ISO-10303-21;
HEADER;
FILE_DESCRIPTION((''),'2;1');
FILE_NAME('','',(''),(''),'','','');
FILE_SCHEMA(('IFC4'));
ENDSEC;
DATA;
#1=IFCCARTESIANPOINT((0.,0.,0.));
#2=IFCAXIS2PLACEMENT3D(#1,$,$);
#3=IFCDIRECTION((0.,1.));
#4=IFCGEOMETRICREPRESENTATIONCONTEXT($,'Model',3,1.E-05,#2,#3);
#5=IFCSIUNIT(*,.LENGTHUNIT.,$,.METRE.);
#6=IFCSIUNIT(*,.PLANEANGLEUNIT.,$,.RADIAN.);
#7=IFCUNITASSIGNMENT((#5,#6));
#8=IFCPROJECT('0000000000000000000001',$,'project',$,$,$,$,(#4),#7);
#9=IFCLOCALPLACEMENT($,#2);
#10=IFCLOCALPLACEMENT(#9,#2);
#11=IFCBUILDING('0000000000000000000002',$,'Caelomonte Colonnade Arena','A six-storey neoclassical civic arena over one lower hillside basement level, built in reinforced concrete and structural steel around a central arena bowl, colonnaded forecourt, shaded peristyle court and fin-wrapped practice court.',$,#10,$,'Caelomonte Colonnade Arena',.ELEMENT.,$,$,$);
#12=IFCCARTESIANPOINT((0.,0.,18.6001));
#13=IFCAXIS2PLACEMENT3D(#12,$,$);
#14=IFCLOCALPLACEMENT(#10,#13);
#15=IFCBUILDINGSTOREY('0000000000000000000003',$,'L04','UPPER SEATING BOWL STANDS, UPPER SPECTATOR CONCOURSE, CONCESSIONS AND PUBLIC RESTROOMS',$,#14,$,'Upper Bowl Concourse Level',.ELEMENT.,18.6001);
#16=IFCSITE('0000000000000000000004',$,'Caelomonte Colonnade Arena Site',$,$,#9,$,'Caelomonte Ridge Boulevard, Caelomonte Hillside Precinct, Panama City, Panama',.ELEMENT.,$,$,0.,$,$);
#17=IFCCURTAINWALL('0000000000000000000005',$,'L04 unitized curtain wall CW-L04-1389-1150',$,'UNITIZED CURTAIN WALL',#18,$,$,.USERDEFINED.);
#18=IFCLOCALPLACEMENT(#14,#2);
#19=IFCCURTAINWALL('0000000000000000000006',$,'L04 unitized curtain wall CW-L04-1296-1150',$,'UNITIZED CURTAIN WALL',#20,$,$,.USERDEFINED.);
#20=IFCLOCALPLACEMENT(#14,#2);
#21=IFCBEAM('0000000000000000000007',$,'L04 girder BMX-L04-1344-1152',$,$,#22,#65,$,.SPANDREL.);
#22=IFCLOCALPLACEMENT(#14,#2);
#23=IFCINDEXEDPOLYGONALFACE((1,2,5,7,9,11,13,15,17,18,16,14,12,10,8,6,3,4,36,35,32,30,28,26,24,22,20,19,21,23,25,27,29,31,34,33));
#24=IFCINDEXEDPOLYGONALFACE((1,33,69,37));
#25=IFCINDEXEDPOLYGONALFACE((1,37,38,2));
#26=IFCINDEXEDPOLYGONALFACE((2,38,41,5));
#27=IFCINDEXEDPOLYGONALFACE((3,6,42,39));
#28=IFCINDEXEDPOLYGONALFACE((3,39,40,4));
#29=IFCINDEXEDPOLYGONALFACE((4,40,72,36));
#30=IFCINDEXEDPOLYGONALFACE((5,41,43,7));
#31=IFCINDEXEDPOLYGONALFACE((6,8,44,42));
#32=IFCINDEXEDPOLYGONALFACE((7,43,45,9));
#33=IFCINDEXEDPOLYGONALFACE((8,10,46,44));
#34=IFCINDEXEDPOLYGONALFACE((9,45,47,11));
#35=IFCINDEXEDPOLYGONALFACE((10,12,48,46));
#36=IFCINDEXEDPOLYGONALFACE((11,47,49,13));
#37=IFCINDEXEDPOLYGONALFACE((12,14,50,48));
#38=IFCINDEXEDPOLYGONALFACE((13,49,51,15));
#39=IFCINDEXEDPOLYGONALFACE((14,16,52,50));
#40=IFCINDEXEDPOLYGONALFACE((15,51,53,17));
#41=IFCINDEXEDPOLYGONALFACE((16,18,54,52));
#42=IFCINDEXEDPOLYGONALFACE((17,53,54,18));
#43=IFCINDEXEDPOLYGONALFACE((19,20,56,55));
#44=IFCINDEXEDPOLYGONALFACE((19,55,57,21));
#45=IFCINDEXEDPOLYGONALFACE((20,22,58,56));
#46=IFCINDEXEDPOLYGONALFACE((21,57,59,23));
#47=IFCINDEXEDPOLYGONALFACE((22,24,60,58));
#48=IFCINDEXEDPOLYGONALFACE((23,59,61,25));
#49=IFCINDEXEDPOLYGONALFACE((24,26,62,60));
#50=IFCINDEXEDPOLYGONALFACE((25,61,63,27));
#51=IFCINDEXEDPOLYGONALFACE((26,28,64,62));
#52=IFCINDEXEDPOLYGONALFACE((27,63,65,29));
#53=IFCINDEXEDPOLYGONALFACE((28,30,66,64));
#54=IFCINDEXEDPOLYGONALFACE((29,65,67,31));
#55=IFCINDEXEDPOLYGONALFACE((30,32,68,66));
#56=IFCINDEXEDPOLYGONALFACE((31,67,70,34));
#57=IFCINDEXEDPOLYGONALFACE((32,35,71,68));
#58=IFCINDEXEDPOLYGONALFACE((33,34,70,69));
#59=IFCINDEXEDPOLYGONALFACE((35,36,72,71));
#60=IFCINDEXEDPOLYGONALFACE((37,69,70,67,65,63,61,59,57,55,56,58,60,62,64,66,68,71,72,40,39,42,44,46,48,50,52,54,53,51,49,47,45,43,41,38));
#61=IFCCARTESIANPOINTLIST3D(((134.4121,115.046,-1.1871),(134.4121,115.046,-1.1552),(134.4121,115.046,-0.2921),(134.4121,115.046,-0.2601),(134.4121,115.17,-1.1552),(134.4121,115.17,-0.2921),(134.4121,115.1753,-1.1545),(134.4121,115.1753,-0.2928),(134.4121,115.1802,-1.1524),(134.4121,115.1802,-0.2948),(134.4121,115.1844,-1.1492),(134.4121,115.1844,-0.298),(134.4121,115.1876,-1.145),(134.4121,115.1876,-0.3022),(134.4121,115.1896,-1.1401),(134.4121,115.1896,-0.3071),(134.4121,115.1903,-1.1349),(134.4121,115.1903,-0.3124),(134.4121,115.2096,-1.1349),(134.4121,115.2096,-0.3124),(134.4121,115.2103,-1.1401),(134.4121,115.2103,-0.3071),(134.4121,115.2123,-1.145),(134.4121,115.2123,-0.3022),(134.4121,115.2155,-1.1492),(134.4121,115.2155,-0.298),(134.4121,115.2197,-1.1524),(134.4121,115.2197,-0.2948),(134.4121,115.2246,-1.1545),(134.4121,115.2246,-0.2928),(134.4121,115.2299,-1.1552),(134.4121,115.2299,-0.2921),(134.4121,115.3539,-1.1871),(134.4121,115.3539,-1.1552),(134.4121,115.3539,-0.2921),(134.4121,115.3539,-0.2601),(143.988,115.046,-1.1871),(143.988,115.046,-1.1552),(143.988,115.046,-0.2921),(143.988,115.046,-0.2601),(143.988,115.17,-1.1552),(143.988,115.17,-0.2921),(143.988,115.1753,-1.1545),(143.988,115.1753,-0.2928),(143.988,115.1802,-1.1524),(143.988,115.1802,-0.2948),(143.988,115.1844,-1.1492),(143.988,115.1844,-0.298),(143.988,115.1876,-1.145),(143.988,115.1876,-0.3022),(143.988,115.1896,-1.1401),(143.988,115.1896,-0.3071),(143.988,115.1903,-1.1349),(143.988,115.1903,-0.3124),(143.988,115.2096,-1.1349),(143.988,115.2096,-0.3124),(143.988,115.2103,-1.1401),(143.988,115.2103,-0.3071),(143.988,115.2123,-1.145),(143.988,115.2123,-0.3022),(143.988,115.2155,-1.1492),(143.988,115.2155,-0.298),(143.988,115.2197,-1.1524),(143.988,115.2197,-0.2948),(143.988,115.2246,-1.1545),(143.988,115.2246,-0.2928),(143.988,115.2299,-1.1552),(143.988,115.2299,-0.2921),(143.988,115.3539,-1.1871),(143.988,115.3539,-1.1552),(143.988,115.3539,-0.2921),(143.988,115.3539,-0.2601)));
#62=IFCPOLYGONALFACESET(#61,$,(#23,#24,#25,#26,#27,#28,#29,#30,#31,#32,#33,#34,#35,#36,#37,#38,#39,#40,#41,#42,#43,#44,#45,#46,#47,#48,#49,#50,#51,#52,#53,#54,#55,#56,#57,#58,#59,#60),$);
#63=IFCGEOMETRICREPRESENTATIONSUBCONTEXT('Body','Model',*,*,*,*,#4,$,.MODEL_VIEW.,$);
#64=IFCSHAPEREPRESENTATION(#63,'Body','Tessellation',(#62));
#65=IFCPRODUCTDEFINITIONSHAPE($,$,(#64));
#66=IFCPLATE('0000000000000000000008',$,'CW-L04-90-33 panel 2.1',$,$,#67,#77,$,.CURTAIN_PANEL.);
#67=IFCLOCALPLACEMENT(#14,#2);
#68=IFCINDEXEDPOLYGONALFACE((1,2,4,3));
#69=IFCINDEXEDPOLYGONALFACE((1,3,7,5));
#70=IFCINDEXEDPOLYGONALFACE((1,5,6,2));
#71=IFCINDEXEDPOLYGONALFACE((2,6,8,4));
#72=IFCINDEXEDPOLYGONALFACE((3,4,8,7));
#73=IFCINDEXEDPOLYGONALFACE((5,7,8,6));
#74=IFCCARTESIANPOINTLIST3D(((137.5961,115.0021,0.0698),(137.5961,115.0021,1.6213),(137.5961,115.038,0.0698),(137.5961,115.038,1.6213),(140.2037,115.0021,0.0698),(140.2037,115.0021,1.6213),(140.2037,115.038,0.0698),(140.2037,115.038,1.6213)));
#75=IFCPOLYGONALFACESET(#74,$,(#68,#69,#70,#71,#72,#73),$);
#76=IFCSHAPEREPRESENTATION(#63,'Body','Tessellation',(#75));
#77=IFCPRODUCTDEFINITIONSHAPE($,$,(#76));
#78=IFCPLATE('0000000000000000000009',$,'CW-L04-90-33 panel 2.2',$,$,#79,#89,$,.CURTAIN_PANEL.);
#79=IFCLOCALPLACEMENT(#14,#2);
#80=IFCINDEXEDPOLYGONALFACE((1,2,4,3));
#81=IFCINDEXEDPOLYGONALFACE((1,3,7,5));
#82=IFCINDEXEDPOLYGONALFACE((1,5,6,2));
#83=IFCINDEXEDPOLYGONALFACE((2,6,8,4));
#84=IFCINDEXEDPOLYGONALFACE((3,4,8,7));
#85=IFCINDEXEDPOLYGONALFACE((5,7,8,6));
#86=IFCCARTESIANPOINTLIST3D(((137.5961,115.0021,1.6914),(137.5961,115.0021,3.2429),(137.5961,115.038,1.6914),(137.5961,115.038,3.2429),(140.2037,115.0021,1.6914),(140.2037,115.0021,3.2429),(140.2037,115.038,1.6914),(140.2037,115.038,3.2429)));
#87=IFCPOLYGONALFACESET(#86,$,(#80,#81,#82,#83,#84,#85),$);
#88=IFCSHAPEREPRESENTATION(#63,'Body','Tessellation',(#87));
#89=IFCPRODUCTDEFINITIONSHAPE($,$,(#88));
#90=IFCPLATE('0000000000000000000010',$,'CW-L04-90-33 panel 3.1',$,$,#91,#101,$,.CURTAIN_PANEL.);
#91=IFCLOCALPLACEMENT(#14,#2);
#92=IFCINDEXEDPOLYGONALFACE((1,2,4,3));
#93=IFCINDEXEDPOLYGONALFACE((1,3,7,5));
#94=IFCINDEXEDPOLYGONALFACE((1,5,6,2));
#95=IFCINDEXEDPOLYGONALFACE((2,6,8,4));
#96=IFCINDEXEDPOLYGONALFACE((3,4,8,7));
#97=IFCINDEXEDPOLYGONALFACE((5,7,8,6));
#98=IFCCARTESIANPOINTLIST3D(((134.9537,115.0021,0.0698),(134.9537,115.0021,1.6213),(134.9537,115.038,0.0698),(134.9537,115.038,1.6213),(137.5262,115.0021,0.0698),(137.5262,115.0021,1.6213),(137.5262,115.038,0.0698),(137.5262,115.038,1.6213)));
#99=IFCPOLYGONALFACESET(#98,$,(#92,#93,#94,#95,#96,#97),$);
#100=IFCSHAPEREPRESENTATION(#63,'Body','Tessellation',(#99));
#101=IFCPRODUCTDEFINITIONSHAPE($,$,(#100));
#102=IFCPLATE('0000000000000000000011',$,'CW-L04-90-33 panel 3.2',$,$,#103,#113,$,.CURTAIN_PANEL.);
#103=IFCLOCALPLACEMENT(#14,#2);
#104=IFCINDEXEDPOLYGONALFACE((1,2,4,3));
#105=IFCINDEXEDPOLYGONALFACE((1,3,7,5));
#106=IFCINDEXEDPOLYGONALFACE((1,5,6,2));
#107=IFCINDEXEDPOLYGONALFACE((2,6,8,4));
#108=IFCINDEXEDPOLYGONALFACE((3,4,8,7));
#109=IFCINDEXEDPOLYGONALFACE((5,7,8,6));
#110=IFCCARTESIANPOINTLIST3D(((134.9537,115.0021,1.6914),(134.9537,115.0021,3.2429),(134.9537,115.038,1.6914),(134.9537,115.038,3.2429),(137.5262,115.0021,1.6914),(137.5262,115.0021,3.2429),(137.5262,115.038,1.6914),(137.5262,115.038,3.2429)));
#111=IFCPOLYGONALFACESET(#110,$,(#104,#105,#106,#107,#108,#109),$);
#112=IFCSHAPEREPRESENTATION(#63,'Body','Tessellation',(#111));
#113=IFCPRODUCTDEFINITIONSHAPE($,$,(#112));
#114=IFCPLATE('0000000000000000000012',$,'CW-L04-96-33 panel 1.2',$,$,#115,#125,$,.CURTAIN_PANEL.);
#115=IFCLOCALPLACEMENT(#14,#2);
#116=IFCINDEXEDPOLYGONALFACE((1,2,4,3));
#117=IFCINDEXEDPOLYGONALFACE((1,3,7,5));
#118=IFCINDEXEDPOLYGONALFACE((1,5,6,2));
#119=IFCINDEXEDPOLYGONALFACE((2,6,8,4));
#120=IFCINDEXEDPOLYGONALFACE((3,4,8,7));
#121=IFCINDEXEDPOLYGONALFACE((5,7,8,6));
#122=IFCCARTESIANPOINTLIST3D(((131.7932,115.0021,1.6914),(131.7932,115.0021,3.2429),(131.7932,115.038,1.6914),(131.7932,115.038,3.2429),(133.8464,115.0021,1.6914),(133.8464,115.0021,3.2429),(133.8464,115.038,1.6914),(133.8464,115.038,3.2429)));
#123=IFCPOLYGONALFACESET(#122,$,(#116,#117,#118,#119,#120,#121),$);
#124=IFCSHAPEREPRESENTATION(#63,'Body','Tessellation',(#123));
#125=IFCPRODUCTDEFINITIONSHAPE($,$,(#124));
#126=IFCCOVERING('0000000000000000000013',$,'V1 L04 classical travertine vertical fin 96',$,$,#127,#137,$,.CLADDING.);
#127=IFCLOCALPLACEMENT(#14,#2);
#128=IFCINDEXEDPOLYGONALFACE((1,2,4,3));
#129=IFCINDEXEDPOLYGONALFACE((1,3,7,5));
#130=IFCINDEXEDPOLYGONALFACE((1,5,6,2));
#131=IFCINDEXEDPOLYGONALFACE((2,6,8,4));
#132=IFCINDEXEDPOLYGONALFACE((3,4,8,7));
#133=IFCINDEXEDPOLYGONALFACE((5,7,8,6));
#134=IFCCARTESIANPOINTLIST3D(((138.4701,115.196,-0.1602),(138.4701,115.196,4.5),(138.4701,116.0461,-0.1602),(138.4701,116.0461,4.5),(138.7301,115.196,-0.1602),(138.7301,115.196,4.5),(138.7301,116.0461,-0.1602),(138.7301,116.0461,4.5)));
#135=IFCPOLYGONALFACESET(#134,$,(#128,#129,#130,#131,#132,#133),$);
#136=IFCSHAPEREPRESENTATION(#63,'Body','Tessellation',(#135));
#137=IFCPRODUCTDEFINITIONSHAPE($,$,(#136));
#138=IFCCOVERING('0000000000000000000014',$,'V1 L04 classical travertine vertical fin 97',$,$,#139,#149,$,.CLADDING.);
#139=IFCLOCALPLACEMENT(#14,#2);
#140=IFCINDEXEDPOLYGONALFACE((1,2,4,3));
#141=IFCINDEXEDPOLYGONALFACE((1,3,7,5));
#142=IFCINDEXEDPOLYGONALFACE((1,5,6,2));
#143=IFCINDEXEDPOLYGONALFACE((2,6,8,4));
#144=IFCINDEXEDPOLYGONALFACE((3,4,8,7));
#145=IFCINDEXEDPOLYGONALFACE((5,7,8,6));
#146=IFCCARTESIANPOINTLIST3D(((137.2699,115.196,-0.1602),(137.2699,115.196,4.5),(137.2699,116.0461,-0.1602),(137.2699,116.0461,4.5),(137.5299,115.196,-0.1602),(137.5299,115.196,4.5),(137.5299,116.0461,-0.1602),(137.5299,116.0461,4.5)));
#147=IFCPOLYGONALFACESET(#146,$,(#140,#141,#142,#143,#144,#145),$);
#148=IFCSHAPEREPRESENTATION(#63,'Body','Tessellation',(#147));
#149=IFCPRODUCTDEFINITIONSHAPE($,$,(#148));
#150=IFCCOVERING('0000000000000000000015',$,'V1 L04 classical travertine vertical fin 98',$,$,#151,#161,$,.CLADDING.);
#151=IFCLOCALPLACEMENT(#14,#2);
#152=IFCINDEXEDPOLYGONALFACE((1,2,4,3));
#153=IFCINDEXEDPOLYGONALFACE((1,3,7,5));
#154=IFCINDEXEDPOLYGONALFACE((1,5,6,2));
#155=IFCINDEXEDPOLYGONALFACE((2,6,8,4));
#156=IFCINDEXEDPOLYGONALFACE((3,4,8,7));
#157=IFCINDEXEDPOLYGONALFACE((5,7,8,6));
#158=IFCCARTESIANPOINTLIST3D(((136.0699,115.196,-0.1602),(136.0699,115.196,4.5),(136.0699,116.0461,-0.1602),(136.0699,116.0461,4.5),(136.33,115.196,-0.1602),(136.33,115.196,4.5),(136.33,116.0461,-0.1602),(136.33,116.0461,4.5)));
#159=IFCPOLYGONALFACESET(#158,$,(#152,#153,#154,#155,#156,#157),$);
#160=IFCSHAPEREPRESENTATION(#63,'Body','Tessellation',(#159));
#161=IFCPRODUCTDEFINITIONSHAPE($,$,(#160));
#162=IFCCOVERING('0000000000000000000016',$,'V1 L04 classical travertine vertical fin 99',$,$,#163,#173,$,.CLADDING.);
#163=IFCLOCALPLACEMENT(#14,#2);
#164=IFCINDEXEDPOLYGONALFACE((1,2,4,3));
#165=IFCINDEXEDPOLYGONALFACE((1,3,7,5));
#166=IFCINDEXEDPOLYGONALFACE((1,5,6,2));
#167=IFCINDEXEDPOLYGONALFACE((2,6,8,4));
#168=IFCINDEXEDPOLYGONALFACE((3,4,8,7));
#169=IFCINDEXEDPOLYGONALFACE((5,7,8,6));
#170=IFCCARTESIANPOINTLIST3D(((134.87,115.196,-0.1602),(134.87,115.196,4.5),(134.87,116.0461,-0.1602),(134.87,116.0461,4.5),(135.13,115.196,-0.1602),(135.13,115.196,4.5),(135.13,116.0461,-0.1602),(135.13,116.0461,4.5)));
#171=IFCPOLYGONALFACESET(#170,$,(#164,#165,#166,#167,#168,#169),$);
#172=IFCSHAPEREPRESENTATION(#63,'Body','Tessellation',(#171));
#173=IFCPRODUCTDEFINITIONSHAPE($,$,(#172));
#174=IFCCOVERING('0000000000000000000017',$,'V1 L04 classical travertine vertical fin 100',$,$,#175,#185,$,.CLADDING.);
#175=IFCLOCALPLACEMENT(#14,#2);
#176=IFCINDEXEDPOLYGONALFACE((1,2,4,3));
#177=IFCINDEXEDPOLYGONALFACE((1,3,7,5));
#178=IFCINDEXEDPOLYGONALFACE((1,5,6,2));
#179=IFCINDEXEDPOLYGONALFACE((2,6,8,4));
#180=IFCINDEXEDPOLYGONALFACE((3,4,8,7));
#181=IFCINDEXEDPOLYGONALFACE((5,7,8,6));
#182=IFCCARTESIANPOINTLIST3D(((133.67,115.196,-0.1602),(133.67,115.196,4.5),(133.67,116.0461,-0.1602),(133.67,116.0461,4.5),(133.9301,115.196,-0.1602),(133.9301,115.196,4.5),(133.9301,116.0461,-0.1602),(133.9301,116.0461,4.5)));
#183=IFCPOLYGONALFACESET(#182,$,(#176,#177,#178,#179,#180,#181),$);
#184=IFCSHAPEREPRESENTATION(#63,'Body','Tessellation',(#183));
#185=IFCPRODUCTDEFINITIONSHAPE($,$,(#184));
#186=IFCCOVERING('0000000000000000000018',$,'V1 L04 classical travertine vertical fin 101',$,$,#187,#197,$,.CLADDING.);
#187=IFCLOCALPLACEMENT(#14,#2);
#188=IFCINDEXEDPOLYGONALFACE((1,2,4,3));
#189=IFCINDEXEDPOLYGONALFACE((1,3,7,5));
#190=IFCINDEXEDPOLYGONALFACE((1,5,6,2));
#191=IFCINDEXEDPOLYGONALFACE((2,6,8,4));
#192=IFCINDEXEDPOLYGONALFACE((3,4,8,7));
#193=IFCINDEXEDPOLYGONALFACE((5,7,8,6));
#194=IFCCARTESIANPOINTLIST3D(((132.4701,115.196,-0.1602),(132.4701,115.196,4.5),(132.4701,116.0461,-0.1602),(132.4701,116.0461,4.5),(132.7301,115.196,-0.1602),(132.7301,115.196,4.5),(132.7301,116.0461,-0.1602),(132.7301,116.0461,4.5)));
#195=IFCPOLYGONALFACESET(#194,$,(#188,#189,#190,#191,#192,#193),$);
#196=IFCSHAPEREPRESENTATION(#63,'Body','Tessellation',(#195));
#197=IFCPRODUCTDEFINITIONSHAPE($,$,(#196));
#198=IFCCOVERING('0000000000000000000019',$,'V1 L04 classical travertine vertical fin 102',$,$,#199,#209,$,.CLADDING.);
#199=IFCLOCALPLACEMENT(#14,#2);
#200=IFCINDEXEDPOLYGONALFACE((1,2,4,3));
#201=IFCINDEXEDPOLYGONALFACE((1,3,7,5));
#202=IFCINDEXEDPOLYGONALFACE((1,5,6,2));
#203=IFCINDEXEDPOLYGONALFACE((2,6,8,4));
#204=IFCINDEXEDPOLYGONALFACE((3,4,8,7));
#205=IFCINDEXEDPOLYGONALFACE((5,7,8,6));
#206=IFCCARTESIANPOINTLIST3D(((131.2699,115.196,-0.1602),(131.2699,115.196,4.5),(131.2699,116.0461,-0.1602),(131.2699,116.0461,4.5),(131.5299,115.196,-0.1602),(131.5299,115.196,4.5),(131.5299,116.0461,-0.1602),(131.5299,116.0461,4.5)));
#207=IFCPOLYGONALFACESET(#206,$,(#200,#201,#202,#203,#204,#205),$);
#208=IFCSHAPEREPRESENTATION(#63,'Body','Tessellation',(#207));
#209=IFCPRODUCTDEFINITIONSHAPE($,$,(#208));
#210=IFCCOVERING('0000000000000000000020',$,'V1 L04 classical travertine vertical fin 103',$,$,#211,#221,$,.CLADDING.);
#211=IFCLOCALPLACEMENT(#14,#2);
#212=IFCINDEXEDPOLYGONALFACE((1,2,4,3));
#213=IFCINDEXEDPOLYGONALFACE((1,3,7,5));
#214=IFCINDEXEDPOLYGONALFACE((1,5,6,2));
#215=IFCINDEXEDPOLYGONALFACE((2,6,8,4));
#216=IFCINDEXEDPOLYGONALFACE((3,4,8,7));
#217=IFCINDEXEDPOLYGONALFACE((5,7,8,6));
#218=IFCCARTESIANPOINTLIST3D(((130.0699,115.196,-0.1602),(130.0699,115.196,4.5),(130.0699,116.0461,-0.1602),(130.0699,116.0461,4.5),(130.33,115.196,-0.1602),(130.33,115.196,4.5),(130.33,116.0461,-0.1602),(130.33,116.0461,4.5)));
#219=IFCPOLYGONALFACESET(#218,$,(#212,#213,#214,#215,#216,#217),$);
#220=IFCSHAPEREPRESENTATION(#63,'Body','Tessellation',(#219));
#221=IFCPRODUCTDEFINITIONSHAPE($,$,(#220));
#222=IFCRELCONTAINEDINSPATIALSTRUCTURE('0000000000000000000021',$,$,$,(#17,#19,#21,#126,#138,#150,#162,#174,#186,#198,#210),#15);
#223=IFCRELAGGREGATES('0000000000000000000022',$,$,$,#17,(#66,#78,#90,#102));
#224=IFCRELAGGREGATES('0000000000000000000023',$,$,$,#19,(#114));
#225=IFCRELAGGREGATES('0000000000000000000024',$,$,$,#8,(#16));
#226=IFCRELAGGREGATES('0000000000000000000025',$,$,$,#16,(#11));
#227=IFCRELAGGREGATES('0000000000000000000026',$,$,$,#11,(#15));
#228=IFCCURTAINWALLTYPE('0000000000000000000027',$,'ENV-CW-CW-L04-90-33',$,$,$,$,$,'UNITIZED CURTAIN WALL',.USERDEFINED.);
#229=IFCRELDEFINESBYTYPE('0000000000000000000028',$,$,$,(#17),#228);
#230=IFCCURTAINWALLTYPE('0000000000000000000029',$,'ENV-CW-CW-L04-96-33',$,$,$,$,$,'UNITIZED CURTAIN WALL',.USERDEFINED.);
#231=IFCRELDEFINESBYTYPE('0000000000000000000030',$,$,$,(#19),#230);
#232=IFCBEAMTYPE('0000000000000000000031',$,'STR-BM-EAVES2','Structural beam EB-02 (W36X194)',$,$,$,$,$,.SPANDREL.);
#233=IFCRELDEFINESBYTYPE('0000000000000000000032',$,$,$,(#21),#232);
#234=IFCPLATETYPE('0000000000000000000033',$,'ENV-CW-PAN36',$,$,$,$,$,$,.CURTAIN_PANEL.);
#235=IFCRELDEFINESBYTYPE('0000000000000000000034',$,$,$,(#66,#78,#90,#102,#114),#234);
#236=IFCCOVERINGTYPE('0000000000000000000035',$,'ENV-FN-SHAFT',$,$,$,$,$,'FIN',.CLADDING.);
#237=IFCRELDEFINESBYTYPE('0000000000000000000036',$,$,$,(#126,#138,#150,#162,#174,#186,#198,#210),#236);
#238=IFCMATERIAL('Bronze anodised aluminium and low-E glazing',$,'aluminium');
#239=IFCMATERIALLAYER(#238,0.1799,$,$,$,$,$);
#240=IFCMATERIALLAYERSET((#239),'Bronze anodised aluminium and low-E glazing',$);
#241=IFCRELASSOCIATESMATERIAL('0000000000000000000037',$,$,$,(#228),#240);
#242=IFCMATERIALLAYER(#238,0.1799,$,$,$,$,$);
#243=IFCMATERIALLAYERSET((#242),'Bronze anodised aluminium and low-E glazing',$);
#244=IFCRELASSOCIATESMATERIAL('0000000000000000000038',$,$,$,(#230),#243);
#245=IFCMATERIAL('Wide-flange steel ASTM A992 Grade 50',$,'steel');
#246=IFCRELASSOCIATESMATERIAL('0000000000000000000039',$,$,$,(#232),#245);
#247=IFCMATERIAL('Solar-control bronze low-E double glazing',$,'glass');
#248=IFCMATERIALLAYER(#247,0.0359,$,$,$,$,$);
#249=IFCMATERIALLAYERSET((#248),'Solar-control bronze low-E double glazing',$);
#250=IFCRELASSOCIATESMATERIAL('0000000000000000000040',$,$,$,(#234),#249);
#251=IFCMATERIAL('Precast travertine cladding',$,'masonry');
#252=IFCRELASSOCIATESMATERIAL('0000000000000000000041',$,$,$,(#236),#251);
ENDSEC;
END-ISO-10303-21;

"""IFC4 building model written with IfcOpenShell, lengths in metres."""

from ifc_helpers import new_model, si_unit, direction, frame, origin, origin_2d, place, context, subcontext, project, spatial, rectangle, i_section, extrude, material, layer, layer_set, material_profile, profile_set, type_object, element, aggregate, save


model = new_model("IFC4")

# Units and contexts
model_context = context("Model", 3, precision=1e-05, world=origin(), true_north=direction((0.0, 1.0)))
body_context = subcontext(model_context, "Body", "Model", "MODEL_VIEW")
ifc_project = project(units=[si_unit("LENGTHUNIT", "METRE"), si_unit("PLANEANGLEUNIT", "RADIAN")], contexts=[model_context])

# Site, building, storey
site_placement = place(None, origin())
site = spatial("IfcSite", under=ifc_project, at=site_placement, Name="Caelomonte Colonnade Arena Site", LongName="Caelomonte Ridge Boulevard, Caelomonte Hillside Precinct, Panama City, Panama", CompositionType="ELEMENT", RefElevation=0.0)
building_placement = place(site_placement, origin())
building = spatial("IfcBuilding", under=site, at=building_placement, Name="Caelomonte Colonnade Arena", Description="A six-storey neoclassical civic arena over one lower hillside basement level, built in reinforced concrete and structural steel around a central arena bowl, colonnaded forecourt, shaded peristyle court and fin-wrapped practice court.", LongName="Caelomonte Colonnade Arena", CompositionType="ELEMENT")
storey_placement = place(building_placement, frame((0.0, 0.0, 18.6001)))
storey = spatial("IfcBuildingStorey", under=building, at=storey_placement, Name="L04", Description="UPPER SEATING BOWL STANDS, UPPER SPECTATOR CONCOURSE, CONCESSIONS AND PUBLIC RESTROOMS", LongName="Upper Bowl Concourse Level", CompositionType="ELEMENT", Elevation=18.6001)

# Shared definitions
ifc_material_1 = material(Name="Wide-flange steel ASTM A992 Grade 50", Category="steel")

# Curtain wall
ifc_material_2 = material(Name="Bronze anodised aluminium and low-E glazing", Category="aluminium")
ifc_layer_1 = layer(ifc_material_2, 0.1799)
ifc_layer_set_1 = layer_set([ifc_layer_1], Name="Bronze anodised aluminium and low-E glazing")
curtain_wall_type_1 = type_object("IfcCurtainWallType", Name="ENV-CW-CW-L04-90-33", ElementType="UNITIZED CURTAIN WALL", PredefinedType="USERDEFINED", material=ifc_layer_set_1)
curtain_wall_1_placement = place(storey_placement, origin())
curtain_wall_1 = element("IfcCurtainWall", 1, at=curtain_wall_1_placement, inside=storey, type_object=curtain_wall_type_1, Name="L04 unitized curtain wall CW-L04-1389-1150", ObjectType="UNITIZED CURTAIN WALL", PredefinedType="USERDEFINED")

# Curtain wall
ifc_layer_2 = layer(ifc_material_2, 0.1799)
ifc_layer_set_2 = layer_set([ifc_layer_2], Name="Bronze anodised aluminium and low-E glazing")
curtain_wall_type_2 = type_object("IfcCurtainWallType", Name="ENV-CW-CW-L04-96-33", ElementType="UNITIZED CURTAIN WALL", PredefinedType="USERDEFINED", material=ifc_layer_set_2)
curtain_wall_2_placement = place(storey_placement, origin())
curtain_wall_2 = element("IfcCurtainWall", 2, at=curtain_wall_2_placement, inside=storey, type_object=curtain_wall_type_2, Name="L04 unitized curtain wall CW-L04-1296-1150", ObjectType="UNITIZED CURTAIN WALL", PredefinedType="USERDEFINED")

# Beam
ifc_material_profile_1 = material_profile(ifc_material_1, i_section(OverallWidth=0.3079, OverallDepth=0.927, WebThickness=0.0193, FlangeThickness=0.032, FilletRadius=0.0203, at=origin_2d()), Name="W36X194")
ifc_profile_set_1 = profile_set([ifc_material_profile_1], Name="Wide-flange steel ASTM A992 Grade 50")
beam_type = type_object("IfcBeamType", Name="STR-BM-EAVES2", Description="Structural beam EB-02 (W36X194)", PredefinedType="SPANDREL", material=ifc_profile_set_1)
beam_placement = place(storey_placement, frame((134.4121, 115.2, -0.7236), z_axis=(1.0, 0.0, 0.0), x_axis=(0.0, 1.0, 0.0)))
element("IfcBeam", 3, at=beam_placement, inside=storey, type_object=beam_type, Name="L04 girder BMX-L04-1344-1152", PredefinedType="SPANDREL", context=body_context, shape_type="SweptSolid", body=[
    extrude(i_section(OverallWidth=0.3079, OverallDepth=0.927, WebThickness=0.0193, FlangeThickness=0.032, FilletRadius=0.0203, at=origin_2d()), origin(), (0.0, 0.0, 1.0), 9.5759),
])

# Plates
ifc_material_3 = material(Name="Solar-control bronze low-E double glazing", Category="glass")
ifc_layer_3 = layer(ifc_material_3, 0.0359)
ifc_layer_set_3 = layer_set([ifc_layer_3], Name="Solar-control bronze low-E double glazing")
plate_type = type_object("IfcPlateType", Name="ENV-CW-PAN36", PredefinedType="CURTAIN_PANEL", material=ifc_layer_set_3)
plate_1_placement = place(storey_placement, frame((138.8999, 115.02, 0.0698), z_axis=(0.0, 0.0, 1.0), x_axis=(-1.0, 0.0, 0.0)))
plate_1 = element("IfcPlate", 4, at=plate_1_placement, type_object=plate_type, Name="CW-L04-90-33 panel 2.1", PredefinedType="CURTAIN_PANEL", context=body_context, shape_type="SweptSolid", body=[
    extrude(rectangle(XDim=2.6077, YDim=0.0359, at=origin_2d()), origin(), (0.0, 0.0, 1.0), 1.5515),
])
plate_2_placement = place(storey_placement, frame((138.8999, 115.02, 1.6914), z_axis=(0.0, 0.0, 1.0), x_axis=(-1.0, 0.0, 0.0)))
plate_2 = element("IfcPlate", 5, at=plate_2_placement, type_object=plate_type, Name="CW-L04-90-33 panel 2.2", PredefinedType="CURTAIN_PANEL", context=body_context, shape_type="SweptSolid", body=[
    extrude(rectangle(XDim=2.6077, YDim=0.0359, at=origin_2d()), origin(), (0.0, 0.0, 1.0), 1.5515),
])
plate_3_placement = place(storey_placement, frame((136.24, 115.02, 0.0698), z_axis=(0.0, 0.0, 1.0), x_axis=(-1.0, 0.0, 0.0)))
plate_3 = element("IfcPlate", 6, at=plate_3_placement, type_object=plate_type, Name="CW-L04-90-33 panel 3.1", PredefinedType="CURTAIN_PANEL", context=body_context, shape_type="SweptSolid", body=[
    extrude(rectangle(XDim=2.5725, YDim=0.0359, at=origin_2d()), origin(), (0.0, 0.0, 1.0), 1.5515),
])
plate_4_placement = place(storey_placement, frame((136.24, 115.02, 1.6914), z_axis=(0.0, 0.0, 1.0), x_axis=(-1.0, 0.0, 0.0)))
plate_4 = element("IfcPlate", 7, at=plate_4_placement, type_object=plate_type, Name="CW-L04-90-33 panel 3.2", PredefinedType="CURTAIN_PANEL", context=body_context, shape_type="SweptSolid", body=[
    extrude(rectangle(XDim=2.5725, YDim=0.0359, at=origin_2d()), origin(), (0.0, 0.0, 1.0), 1.5515),
])
aggregate(curtain_wall_1, [plate_1, plate_2, plate_3, plate_4])
plate_5_placement = place(storey_placement, frame((132.8198, 115.02, 1.6914), z_axis=(0.0, 0.0, 1.0), x_axis=(-1.0, 0.0, 0.0)))
plate_5 = element("IfcPlate", 8, at=plate_5_placement, type_object=plate_type, Name="CW-L04-96-33 panel 1.2", PredefinedType="CURTAIN_PANEL", context=body_context, shape_type="SweptSolid", body=[
    extrude(rectangle(XDim=2.0532, YDim=0.0359, at=origin_2d()), origin(), (0.0, 0.0, 1.0), 1.5515),
])
aggregate(curtain_wall_2, [plate_5])

# Coverings
ifc_material_4 = material(Name="Precast travertine cladding", Category="masonry")
ifc_material_profile_2 = material_profile(ifc_material_4, rectangle(XDim=0.26, YDim=0.8501, at=origin_2d()), Name="FIN260X850")
ifc_profile_set_2 = profile_set([ifc_material_profile_2], Name="Precast travertine cladding")
covering_type = type_object("IfcCoveringType", Name="ENV-FN-SHAFT", ElementType="FIN", PredefinedType="CLADDING", material=ifc_profile_set_2)
for number, where, z_axis, x_axis, name in (
    (9, (138.6001, 115.6211, -0.1602), (0.0, 0.0, 1.0), (1.0, 0.0, 0.0), "V1 L04 classical travertine vertical fin 96"),
    (10, (137.3999, 115.6211, -0.1602), (0.0, 0.0, 1.0), (1.0, 0.0, 0.0), "V1 L04 classical travertine vertical fin 97"),
    (11, (136.2, 115.6211, -0.1602), (0.0, 0.0, 1.0), (1.0, 0.0, 0.0), "V1 L04 classical travertine vertical fin 98"),
    (12, (135.0, 115.6211, -0.1602), (0.0, 0.0, 1.0), (1.0, 0.0, 0.0), "V1 L04 classical travertine vertical fin 99"),
    (13, (133.8, 115.6211, -0.1602), (0.0, 0.0, 1.0), (1.0, 0.0, 0.0), "V1 L04 classical travertine vertical fin 100"),
    (14, (132.6001, 115.6211, -0.1602), (0.0, 0.0, 1.0), (1.0, 0.0, 0.0), "V1 L04 classical travertine vertical fin 101"),
    (15, (131.3999, 115.6211, -0.1602), (0.0, 0.0, 1.0), (1.0, 0.0, 0.0), "V1 L04 classical travertine vertical fin 102"),
    (16, (130.2, 115.6211, -0.1602), (0.0, 0.0, 1.0), (1.0, 0.0, 0.0), "V1 L04 classical travertine vertical fin 103"),
):
    element("IfcCovering", number, at=place(storey_placement, frame(where, z_axis=z_axis, x_axis=x_axis)), inside=storey, type_object=covering_type, Name=name, PredefinedType="CLADDING", context=body_context, shape_type="SweptSolid", body=[
        extrude(rectangle(XDim=0.26, YDim=0.8501, at=origin_2d()), origin(), (0.0, 0.0, 1.0), 4.6602),
    ])

save(model, "model.ifc")
